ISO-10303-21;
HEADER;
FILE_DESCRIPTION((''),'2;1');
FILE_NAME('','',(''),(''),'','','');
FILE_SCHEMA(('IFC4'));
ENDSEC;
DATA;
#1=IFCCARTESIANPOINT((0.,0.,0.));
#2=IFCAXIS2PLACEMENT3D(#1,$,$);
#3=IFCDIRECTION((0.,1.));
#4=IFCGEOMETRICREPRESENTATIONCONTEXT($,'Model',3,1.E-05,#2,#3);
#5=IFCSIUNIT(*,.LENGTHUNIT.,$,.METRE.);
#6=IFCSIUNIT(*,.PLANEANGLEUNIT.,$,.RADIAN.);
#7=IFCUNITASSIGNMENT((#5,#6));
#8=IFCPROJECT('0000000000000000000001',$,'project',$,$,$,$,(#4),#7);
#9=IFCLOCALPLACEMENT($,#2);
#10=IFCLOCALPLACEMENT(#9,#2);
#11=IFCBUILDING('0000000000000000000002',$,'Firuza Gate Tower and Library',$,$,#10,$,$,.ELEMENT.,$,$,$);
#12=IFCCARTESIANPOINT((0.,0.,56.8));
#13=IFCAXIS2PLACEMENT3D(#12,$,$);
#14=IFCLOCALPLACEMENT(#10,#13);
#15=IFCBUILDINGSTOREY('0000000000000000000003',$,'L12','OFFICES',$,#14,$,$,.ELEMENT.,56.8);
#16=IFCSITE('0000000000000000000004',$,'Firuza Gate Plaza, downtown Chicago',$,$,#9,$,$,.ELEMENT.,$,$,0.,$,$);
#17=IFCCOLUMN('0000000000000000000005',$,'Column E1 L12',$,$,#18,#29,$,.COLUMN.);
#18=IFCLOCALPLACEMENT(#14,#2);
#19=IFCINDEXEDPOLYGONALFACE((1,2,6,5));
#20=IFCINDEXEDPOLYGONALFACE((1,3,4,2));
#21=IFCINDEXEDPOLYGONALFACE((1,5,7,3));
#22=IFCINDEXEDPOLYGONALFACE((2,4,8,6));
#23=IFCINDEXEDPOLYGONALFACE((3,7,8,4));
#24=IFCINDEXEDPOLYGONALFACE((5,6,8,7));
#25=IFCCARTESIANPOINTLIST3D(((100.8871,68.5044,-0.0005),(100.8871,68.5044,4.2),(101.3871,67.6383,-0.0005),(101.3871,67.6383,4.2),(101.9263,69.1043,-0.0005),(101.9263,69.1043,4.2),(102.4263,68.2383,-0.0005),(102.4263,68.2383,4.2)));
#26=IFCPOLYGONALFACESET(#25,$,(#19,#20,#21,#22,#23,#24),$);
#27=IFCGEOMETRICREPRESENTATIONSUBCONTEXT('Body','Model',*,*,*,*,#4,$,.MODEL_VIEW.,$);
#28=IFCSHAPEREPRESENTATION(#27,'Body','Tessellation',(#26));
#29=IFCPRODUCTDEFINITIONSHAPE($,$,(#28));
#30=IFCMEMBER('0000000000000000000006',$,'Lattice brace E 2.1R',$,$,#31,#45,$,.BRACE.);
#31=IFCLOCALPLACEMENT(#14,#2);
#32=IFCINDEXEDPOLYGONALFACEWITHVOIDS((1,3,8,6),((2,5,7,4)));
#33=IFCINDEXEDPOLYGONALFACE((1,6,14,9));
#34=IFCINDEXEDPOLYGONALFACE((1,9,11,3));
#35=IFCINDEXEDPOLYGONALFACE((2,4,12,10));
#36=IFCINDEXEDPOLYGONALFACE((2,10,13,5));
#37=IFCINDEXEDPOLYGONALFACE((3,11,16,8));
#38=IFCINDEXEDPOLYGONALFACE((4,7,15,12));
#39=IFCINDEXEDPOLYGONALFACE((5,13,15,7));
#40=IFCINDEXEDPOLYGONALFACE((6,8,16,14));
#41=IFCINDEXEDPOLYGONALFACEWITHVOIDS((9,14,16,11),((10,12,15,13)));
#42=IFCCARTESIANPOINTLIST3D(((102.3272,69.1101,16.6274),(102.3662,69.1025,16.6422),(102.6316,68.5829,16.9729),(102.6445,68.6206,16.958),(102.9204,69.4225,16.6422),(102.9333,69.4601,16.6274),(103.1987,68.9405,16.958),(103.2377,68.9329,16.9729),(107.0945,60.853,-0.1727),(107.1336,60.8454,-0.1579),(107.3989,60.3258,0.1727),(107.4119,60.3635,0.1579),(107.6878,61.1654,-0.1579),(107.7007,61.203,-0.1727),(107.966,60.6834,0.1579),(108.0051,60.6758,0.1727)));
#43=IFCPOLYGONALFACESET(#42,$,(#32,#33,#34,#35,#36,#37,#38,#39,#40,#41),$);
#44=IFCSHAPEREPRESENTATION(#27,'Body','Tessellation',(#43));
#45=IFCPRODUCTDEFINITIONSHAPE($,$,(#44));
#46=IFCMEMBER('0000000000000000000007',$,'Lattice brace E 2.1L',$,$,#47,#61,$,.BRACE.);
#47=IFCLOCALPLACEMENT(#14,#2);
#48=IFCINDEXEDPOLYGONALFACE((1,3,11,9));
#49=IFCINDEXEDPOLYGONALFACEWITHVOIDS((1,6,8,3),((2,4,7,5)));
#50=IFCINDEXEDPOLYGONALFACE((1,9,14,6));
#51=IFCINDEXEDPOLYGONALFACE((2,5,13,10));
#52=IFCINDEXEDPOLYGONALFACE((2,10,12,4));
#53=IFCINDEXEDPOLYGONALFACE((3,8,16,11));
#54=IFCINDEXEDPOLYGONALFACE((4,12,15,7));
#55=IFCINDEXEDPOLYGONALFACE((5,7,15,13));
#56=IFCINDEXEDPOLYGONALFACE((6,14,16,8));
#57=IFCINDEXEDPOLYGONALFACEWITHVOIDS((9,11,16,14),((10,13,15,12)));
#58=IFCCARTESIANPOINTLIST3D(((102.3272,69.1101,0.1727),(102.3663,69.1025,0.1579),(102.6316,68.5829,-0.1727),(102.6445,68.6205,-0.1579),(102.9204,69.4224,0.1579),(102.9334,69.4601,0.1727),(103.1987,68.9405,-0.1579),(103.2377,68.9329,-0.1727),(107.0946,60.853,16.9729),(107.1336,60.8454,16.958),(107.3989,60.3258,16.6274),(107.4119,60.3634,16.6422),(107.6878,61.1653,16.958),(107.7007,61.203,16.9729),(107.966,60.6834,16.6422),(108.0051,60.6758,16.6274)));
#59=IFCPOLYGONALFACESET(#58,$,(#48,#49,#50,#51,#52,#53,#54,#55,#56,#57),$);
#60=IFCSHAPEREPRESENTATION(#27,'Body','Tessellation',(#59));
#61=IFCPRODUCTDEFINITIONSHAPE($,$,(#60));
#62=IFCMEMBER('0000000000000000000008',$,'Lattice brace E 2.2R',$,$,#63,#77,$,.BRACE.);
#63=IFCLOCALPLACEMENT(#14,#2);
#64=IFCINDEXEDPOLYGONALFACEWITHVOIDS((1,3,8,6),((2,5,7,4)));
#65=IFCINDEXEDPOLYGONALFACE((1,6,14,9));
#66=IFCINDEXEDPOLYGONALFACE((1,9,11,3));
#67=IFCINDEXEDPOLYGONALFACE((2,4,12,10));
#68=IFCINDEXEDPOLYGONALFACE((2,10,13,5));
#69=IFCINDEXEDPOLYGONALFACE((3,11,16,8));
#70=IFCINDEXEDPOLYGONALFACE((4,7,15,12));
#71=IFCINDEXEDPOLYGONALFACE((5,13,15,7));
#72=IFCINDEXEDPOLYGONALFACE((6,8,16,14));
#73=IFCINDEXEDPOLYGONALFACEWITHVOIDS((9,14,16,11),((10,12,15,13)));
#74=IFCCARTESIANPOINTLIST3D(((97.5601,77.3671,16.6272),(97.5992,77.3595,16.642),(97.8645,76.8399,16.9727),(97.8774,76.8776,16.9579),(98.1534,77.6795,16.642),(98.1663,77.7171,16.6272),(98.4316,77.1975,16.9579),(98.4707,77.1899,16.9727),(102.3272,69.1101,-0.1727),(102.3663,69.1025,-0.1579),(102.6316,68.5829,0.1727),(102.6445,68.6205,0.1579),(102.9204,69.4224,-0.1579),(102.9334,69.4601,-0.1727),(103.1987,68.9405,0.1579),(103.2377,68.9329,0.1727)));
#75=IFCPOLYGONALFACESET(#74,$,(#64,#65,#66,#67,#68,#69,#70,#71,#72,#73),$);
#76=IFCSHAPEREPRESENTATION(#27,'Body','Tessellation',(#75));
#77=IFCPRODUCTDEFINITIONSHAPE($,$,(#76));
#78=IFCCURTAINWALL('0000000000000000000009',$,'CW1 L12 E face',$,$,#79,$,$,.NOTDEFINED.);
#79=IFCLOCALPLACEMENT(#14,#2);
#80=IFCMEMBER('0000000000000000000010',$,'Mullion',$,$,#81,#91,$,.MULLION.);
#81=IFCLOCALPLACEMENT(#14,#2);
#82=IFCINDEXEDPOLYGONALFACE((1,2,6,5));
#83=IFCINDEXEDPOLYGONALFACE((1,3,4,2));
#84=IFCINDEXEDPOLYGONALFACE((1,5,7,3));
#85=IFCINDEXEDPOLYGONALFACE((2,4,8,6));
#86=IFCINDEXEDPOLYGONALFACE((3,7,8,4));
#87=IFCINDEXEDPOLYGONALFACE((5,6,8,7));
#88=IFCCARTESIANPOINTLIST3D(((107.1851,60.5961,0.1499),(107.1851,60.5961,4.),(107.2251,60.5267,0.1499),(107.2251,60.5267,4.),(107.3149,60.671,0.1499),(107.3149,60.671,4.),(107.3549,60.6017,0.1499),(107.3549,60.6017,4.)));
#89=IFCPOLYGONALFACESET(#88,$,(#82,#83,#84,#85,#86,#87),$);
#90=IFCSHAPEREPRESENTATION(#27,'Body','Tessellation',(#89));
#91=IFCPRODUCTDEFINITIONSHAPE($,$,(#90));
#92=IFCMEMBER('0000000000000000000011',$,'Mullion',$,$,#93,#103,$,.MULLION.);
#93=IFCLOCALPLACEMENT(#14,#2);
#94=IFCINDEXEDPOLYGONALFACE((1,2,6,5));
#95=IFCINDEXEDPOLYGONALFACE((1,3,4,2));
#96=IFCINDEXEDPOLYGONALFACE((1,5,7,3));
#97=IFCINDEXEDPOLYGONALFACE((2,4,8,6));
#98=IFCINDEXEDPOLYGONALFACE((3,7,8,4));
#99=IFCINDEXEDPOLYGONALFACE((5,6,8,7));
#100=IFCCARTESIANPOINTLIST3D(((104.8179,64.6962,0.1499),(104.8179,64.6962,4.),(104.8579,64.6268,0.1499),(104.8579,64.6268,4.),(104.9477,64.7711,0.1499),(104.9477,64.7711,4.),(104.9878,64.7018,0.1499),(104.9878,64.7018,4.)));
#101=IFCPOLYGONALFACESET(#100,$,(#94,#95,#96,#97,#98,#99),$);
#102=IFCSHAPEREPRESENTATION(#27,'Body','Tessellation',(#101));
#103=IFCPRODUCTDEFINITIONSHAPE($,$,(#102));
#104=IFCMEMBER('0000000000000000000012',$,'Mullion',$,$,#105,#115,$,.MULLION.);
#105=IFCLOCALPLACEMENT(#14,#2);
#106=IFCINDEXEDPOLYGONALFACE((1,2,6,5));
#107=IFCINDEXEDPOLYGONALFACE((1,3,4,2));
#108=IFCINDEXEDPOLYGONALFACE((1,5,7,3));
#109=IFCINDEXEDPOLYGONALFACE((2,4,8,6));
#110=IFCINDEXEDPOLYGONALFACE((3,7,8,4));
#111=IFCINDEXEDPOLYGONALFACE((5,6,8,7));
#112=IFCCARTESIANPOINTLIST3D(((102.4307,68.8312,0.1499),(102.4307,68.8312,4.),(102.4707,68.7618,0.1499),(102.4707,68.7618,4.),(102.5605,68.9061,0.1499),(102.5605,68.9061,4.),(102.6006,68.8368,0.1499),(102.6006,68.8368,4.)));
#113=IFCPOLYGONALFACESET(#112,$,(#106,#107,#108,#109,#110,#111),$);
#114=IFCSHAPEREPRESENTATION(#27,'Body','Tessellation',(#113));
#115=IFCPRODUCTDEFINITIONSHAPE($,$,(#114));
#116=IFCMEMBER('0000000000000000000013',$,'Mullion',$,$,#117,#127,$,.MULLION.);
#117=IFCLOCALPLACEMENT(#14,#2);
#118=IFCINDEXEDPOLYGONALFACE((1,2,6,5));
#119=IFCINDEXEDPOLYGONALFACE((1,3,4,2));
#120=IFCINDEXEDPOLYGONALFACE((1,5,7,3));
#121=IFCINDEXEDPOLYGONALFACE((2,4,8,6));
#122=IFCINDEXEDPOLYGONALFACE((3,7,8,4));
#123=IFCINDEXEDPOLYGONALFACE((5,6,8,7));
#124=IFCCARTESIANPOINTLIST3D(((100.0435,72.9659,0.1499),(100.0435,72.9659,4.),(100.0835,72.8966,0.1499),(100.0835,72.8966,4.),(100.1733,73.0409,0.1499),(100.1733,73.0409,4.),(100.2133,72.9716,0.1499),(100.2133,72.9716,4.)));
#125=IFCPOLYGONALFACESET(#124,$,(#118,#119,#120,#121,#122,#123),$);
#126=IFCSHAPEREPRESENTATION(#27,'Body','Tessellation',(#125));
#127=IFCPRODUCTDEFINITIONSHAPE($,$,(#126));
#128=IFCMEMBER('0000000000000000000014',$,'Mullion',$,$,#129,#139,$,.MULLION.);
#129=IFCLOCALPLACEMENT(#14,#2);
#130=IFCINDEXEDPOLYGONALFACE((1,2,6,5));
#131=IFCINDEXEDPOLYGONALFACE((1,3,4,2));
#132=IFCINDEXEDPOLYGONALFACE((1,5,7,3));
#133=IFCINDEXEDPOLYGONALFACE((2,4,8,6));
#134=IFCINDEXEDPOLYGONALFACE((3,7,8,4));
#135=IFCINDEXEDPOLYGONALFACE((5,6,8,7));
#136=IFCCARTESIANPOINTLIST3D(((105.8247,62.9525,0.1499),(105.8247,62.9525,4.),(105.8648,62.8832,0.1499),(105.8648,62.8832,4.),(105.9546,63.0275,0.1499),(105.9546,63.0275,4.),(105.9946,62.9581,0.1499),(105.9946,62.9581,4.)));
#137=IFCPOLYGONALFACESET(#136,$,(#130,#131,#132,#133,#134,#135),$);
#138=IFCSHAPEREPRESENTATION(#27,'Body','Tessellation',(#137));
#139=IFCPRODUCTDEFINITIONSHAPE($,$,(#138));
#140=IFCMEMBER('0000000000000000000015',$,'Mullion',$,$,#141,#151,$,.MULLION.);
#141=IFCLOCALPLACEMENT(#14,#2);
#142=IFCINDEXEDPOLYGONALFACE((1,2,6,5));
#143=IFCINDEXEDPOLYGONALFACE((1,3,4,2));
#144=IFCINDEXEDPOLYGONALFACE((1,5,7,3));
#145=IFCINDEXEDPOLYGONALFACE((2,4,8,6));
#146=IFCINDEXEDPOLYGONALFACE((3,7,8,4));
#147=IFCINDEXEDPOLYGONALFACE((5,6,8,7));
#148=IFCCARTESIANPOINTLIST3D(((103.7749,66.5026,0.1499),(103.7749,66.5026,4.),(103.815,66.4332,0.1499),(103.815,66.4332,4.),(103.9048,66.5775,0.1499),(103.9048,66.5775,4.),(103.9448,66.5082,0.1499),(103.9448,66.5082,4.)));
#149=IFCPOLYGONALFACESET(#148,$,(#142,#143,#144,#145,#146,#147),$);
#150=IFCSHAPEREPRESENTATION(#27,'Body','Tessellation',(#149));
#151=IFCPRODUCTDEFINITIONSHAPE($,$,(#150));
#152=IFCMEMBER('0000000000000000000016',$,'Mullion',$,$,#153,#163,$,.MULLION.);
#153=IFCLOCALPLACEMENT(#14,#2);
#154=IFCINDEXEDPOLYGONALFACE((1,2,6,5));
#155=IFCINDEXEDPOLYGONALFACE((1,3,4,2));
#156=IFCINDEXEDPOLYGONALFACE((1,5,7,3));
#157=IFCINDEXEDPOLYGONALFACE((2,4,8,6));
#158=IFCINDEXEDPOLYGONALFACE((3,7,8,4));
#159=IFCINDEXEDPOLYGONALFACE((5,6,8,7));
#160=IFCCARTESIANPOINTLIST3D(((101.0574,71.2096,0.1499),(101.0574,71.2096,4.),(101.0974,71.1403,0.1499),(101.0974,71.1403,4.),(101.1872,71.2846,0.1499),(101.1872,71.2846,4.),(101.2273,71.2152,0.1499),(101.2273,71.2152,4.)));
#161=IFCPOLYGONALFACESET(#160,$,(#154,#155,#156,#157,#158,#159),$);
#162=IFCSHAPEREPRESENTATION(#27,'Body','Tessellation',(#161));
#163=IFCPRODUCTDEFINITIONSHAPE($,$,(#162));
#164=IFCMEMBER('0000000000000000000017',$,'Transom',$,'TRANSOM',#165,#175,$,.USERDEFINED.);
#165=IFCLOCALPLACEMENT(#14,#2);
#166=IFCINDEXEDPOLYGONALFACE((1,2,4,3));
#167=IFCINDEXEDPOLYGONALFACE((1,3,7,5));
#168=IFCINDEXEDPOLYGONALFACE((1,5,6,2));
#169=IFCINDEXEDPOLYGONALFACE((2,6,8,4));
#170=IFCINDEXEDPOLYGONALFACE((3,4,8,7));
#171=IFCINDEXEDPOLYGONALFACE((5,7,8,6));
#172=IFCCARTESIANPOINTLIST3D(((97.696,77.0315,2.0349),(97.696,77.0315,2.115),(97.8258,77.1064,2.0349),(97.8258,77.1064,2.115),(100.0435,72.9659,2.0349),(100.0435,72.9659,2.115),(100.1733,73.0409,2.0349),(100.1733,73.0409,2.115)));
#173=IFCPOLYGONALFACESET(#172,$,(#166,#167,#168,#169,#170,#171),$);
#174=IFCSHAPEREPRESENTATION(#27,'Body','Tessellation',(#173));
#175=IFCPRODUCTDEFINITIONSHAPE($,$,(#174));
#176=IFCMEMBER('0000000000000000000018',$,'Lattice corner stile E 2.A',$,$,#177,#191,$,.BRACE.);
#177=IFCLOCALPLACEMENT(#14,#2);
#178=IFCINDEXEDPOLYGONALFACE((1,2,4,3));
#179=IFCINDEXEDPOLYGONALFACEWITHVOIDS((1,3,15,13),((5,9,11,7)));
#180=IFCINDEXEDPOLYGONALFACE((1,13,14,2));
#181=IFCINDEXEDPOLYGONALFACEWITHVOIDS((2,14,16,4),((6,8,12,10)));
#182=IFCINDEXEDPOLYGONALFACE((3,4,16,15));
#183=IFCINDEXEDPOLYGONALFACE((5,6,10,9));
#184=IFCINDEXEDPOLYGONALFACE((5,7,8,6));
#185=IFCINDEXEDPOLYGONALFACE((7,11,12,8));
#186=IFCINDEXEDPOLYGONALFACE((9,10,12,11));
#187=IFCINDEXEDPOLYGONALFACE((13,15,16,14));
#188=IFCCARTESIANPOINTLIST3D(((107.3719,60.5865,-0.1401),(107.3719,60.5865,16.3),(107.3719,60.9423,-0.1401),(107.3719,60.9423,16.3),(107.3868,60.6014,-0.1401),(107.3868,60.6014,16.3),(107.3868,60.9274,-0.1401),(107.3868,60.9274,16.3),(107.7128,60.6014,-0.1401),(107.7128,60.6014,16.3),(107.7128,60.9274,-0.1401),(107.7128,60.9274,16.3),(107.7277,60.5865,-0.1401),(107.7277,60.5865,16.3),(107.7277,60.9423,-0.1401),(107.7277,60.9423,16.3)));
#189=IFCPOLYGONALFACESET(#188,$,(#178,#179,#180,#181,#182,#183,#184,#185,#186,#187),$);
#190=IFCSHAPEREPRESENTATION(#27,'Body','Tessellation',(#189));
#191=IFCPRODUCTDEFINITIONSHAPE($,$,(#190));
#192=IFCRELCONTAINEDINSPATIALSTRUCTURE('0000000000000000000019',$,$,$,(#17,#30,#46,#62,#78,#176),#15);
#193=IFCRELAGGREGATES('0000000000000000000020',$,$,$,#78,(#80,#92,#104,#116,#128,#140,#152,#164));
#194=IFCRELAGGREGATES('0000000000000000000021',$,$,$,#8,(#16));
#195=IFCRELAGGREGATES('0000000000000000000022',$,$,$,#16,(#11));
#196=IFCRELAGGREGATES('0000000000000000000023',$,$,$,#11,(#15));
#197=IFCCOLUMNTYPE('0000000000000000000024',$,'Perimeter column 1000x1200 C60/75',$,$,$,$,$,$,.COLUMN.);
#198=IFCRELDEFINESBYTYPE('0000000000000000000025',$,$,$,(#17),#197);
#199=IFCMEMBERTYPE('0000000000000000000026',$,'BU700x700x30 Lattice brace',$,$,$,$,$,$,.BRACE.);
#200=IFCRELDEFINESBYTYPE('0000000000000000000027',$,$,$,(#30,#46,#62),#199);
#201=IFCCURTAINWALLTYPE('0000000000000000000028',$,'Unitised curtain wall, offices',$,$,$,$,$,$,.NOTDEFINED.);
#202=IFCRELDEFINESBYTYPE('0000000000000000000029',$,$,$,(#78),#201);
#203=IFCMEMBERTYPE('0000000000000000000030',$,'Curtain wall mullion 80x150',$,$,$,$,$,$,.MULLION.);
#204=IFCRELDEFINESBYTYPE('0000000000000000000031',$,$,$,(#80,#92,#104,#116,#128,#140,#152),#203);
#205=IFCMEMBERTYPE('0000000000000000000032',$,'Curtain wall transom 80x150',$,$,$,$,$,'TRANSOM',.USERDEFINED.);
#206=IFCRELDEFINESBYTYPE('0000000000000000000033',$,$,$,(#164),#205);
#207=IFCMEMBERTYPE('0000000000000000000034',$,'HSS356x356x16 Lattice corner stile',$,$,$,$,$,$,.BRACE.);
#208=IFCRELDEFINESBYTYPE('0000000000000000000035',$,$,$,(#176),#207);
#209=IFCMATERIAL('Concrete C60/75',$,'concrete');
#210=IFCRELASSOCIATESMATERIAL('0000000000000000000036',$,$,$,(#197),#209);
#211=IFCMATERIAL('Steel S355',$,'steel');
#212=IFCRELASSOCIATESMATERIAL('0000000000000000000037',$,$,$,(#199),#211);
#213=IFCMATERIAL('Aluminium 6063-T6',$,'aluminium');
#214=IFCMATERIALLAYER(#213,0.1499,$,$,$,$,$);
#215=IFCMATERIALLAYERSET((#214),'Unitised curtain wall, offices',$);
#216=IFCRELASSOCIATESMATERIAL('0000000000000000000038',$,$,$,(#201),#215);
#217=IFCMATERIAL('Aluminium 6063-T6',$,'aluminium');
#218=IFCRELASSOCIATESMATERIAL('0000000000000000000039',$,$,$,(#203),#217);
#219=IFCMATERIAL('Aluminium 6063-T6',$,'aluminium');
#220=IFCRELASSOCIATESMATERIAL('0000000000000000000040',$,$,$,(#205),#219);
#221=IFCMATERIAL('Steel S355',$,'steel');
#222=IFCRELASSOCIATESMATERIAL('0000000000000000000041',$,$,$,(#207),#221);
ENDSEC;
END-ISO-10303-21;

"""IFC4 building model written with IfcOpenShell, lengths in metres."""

from ifc_helpers import new_model, si_unit, direction, frame, origin, origin_2d, place, context, subcontext, project, spatial, rectangle, hollow_rectangle, extrude, material, layer, layer_set, material_profile, profile_set, type_object, element, aggregate, save


model = new_model("IFC4")

# Units and contexts
model_context = context("Model", 3, precision=1e-05, world=origin(), true_north=direction((0.0, 1.0)))
body_context = subcontext(model_context, "Body", "Model", "MODEL_VIEW")
ifc_project = project(units=[si_unit("LENGTHUNIT", "METRE"), si_unit("PLANEANGLEUNIT", "RADIAN")], contexts=[model_context])

# Site, building, storey
site_placement = place(None, origin())
site = spatial("IfcSite", under=ifc_project, at=site_placement, Name="Firuza Gate Plaza, downtown Chicago", CompositionType="ELEMENT", RefElevation=0.0)
building_placement = place(site_placement, origin())
building = spatial("IfcBuilding", under=site, at=building_placement, Name="Firuza Gate Tower and Library", CompositionType="ELEMENT")
storey_placement = place(building_placement, frame((0.0, 0.0, 56.8)))
storey = spatial("IfcBuildingStorey", under=building, at=storey_placement, Name="L12", Description="OFFICES", CompositionType="ELEMENT", Elevation=56.8)

# Column
ifc_material_1 = material(Name="Concrete C60/75", Category="concrete")
ifc_material_profile_1 = material_profile(ifc_material_1, rectangle(XDim=1.0, YDim=1.2, at=origin_2d()))
ifc_profile_set_1 = profile_set([ifc_material_profile_1], Name="Concrete C60/75")
column_type = type_object("IfcColumnType", Name="Perimeter column 1000x1200 C60/75", PredefinedType="COLUMN", material=ifc_profile_set_1)
column_placement = place(storey_placement, frame((101.6567, 68.3713, -0.0005), z_axis=(0.0, 0.0, 1.0), x_axis=(-0.5, 0.866025, 0.0)))
element("IfcColumn", 1, at=column_placement, inside=storey, type_object=column_type, Name="Column E1 L12", PredefinedType="COLUMN", context=body_context, shape_type="SweptSolid", body=[
    extrude(rectangle(XDim=1.0, YDim=1.2, at=origin_2d()), origin(), (0.0, 0.0, 1.0), 4.2004),
])

# Members
ifc_material_2 = material(Name="Steel S355", Category="steel")
ifc_material_profile_2 = material_profile(ifc_material_2, hollow_rectangle(XDim=0.7, YDim=0.7, WallThickness=0.03, at=origin_2d()))
ifc_profile_set_2 = profile_set([ifc_material_profile_2], Name="Steel S355")
member_type_1 = type_object("IfcMemberType", Name="BU700x700x30 Lattice brace", PredefinedType="BRACE", material=ifc_profile_set_2)
for number, where, z_axis, x_axis, name in (
    (2, (107.5498, 60.7644, 0.0), (-0.246794, 0.42745, 0.8697), (-0.866021, -0.500008, 0.0), "Lattice brace E 2.1R"),
    (3, (102.7825, 69.0215, 0.0), (0.246794, -0.42745, 0.8697), (0.866021, 0.500008, 0.0), "Lattice brace E 2.1L"),
):
    element("IfcMember", number, at=place(storey_placement, frame(where, z_axis=z_axis, x_axis=x_axis)), inside=storey, type_object=member_type_1, Name=name, PredefinedType="BRACE", context=body_context, shape_type="SweptSolid", body=[
        extrude(hollow_rectangle(XDim=0.7, YDim=0.7, WallThickness=0.03, at=origin_2d()), origin(), (0.0, 0.0, 1.0), 19.3171),
    ])
member_1_placement = place(storey_placement, frame((102.7825, 69.0215, 0.0), z_axis=(-0.246782, 0.427452, 0.869703), x_axis=(-0.866032, -0.499989, 0.0)))
element("IfcMember", 4, at=member_1_placement, inside=storey, type_object=member_type_1, Name="Lattice brace E 2.2R", PredefinedType="BRACE", context=body_context, shape_type="SweptSolid", body=[
    extrude(hollow_rectangle(XDim=0.7, YDim=0.7, WallThickness=0.03, at=origin_2d()), origin(), (0.0, 0.0, 1.0), 19.3169),
])

# Curtain wall, members
ifc_material_3 = material(Name="Aluminium 6063-T6", Category="aluminium")
ifc_layer_1 = layer(ifc_material_3, 0.1499)
ifc_layer_set_1 = layer_set([ifc_layer_1], Name="Unitised curtain wall, offices")
curtain_wall_type = type_object("IfcCurtainWallType", Name="Unitised curtain wall, offices", PredefinedType="NOTDEFINED", material=ifc_layer_set_1)
curtain_wall_placement = place(storey_placement, origin())
curtain_wall = element("IfcCurtainWall", 5, at=curtain_wall_placement, inside=storey, type_object=curtain_wall_type, Name="CW1 L12 E face", PredefinedType="NOTDEFINED")
ifc_material_4 = material(Name="Aluminium 6063-T6", Category="aluminium")
ifc_material_profile_3 = material_profile(ifc_material_4, rectangle(XDim=0.1499, YDim=0.0801, at=origin_2d()))
ifc_profile_set_3 = profile_set([ifc_material_profile_3], Name="Aluminium 6063-T6")
member_type_2 = type_object("IfcMemberType", Name="Curtain wall mullion 80x150", PredefinedType="MULLION", material=ifc_profile_set_3)
member_2_placement = place(storey_placement, frame((107.27, 60.5989, 0.1499), z_axis=(0.0, 0.0, 1.0), x_axis=(-0.866025, -0.5, 0.0)))
member_2 = element("IfcMember", 6, at=member_2_placement, type_object=member_type_2, Name="Mullion", PredefinedType="MULLION", context=body_context, shape_type="SweptSolid", body=[
    extrude(rectangle(XDim=0.1499, YDim=0.0801, at=origin_2d()), origin(), (0.0, 0.0, 1.0), 3.8501),
])
member_3_placement = place(storey_placement, frame((104.9028, 64.699, 0.1499), z_axis=(0.0, 0.0, 1.0), x_axis=(-0.866025, -0.5, 0.0)))
member_3 = element("IfcMember", 7, at=member_3_placement, type_object=member_type_2, Name="Mullion", PredefinedType="MULLION", context=body_context, shape_type="SweptSolid", body=[
    extrude(rectangle(XDim=0.1499, YDim=0.0801, at=origin_2d()), origin(), (0.0, 0.0, 1.0), 3.8501),
])
member_4_placement = place(storey_placement, frame((102.5156, 68.834, 0.1499), z_axis=(0.0, 0.0, 1.0), x_axis=(-0.866025, -0.5, 0.0)))
member_4 = element("IfcMember", 8, at=member_4_placement, type_object=member_type_2, Name="Mullion", PredefinedType="MULLION", context=body_context, shape_type="SweptSolid", body=[
    extrude(rectangle(XDim=0.1499, YDim=0.0801, at=origin_2d()), origin(), (0.0, 0.0, 1.0), 3.8501),
])
member_5_placement = place(storey_placement, frame((100.1284, 72.9688, 0.1499), z_axis=(0.0, 0.0, 1.0), x_axis=(-0.866025, -0.5, 0.0)))
member_5 = element("IfcMember", 9, at=member_5_placement, type_object=member_type_2, Name="Mullion", PredefinedType="MULLION", context=body_context, shape_type="SweptSolid", body=[
    extrude(rectangle(XDim=0.1499, YDim=0.0801, at=origin_2d()), origin(), (0.0, 0.0, 1.0), 3.8501),
])
member_6_placement = place(storey_placement, frame((105.9097, 62.9553, 0.1499), z_axis=(0.0, 0.0, 1.0), x_axis=(-0.866025, -0.5, 0.0)))
member_6 = element("IfcMember", 10, at=member_6_placement, type_object=member_type_2, Name="Mullion", PredefinedType="MULLION", context=body_context, shape_type="SweptSolid", body=[
    extrude(rectangle(XDim=0.1499, YDim=0.0801, at=origin_2d()), origin(), (0.0, 0.0, 1.0), 3.8501),
])
member_7_placement = place(storey_placement, frame((103.8599, 66.5054, 0.1499), z_axis=(0.0, 0.0, 1.0), x_axis=(-0.866025, -0.5, 0.0)))
member_7 = element("IfcMember", 11, at=member_7_placement, type_object=member_type_2, Name="Mullion", PredefinedType="MULLION", context=body_context, shape_type="SweptSolid", body=[
    extrude(rectangle(XDim=0.1499, YDim=0.0801, at=origin_2d()), origin(), (0.0, 0.0, 1.0), 3.8501),
])
member_8_placement = place(storey_placement, frame((101.1423, 71.2124, 0.1499), z_axis=(0.0, 0.0, 1.0), x_axis=(-0.866025, -0.5, 0.0)))
member_8 = element("IfcMember", 12, at=member_8_placement, type_object=member_type_2, Name="Mullion", PredefinedType="MULLION", context=body_context, shape_type="SweptSolid", body=[
    extrude(rectangle(XDim=0.1499, YDim=0.0801, at=origin_2d()), origin(), (0.0, 0.0, 1.0), 3.8501),
])
ifc_material_5 = material(Name="Aluminium 6063-T6", Category="aluminium")
ifc_material_profile_4 = material_profile(ifc_material_5, rectangle(XDim=0.1499, YDim=0.0801, at=origin_2d()))
ifc_profile_set_4 = profile_set([ifc_material_profile_4], Name="Aluminium 6063-T6")
member_type_3 = type_object("IfcMemberType", Name="Curtain wall transom 80x150", ElementType="TRANSOM", PredefinedType="USERDEFINED", material=ifc_profile_set_4)
member_9_placement = place(storey_placement, frame((100.1084, 73.0034, 2.075), z_axis=(-0.500038, 0.866004, 0.0), x_axis=(-0.866004, -0.500038, 0.0)))
member_9 = element("IfcMember", 13, at=member_9_placement, type_object=member_type_3, Name="Transom", ObjectType="TRANSOM", PredefinedType="USERDEFINED", context=body_context, shape_type="SweptSolid", body=[
    extrude(rectangle(XDim=0.1499, YDim=0.0801, at=origin_2d()), origin(), (0.0, 0.0, 1.0), 4.6946),
])

# Member
ifc_material_6 = material(Name="Steel S355", Category="steel")
ifc_material_profile_5 = material_profile(ifc_material_6, hollow_rectangle(XDim=0.3557, YDim=0.3557, WallThickness=0.0149, at=origin_2d()))
ifc_profile_set_5 = profile_set([ifc_material_profile_5], Name="Steel S355")
member_type_4 = type_object("IfcMemberType", Name="HSS356x356x16 Lattice corner stile", PredefinedType="BRACE", material=ifc_profile_set_5)
member_10_placement = place(storey_placement, frame((107.5498, 60.7644, -0.1401), z_axis=(0.0, 0.0, 1.0), x_axis=(1.0, 0.0, 0.0)))
element("IfcMember", 14, at=member_10_placement, inside=storey, type_object=member_type_4, Name="Lattice corner stile E 2.A", PredefinedType="BRACE", context=body_context, shape_type="SweptSolid", body=[
    extrude(hollow_rectangle(XDim=0.3557, YDim=0.3557, WallThickness=0.0149, at=origin_2d()), origin(), (0.0, 0.0, 1.0), 16.4402),
])

aggregate(curtain_wall, [member_2, member_3, member_4, member_5, member_6, member_7, member_8, member_9])

save(model, "model.ifc")
